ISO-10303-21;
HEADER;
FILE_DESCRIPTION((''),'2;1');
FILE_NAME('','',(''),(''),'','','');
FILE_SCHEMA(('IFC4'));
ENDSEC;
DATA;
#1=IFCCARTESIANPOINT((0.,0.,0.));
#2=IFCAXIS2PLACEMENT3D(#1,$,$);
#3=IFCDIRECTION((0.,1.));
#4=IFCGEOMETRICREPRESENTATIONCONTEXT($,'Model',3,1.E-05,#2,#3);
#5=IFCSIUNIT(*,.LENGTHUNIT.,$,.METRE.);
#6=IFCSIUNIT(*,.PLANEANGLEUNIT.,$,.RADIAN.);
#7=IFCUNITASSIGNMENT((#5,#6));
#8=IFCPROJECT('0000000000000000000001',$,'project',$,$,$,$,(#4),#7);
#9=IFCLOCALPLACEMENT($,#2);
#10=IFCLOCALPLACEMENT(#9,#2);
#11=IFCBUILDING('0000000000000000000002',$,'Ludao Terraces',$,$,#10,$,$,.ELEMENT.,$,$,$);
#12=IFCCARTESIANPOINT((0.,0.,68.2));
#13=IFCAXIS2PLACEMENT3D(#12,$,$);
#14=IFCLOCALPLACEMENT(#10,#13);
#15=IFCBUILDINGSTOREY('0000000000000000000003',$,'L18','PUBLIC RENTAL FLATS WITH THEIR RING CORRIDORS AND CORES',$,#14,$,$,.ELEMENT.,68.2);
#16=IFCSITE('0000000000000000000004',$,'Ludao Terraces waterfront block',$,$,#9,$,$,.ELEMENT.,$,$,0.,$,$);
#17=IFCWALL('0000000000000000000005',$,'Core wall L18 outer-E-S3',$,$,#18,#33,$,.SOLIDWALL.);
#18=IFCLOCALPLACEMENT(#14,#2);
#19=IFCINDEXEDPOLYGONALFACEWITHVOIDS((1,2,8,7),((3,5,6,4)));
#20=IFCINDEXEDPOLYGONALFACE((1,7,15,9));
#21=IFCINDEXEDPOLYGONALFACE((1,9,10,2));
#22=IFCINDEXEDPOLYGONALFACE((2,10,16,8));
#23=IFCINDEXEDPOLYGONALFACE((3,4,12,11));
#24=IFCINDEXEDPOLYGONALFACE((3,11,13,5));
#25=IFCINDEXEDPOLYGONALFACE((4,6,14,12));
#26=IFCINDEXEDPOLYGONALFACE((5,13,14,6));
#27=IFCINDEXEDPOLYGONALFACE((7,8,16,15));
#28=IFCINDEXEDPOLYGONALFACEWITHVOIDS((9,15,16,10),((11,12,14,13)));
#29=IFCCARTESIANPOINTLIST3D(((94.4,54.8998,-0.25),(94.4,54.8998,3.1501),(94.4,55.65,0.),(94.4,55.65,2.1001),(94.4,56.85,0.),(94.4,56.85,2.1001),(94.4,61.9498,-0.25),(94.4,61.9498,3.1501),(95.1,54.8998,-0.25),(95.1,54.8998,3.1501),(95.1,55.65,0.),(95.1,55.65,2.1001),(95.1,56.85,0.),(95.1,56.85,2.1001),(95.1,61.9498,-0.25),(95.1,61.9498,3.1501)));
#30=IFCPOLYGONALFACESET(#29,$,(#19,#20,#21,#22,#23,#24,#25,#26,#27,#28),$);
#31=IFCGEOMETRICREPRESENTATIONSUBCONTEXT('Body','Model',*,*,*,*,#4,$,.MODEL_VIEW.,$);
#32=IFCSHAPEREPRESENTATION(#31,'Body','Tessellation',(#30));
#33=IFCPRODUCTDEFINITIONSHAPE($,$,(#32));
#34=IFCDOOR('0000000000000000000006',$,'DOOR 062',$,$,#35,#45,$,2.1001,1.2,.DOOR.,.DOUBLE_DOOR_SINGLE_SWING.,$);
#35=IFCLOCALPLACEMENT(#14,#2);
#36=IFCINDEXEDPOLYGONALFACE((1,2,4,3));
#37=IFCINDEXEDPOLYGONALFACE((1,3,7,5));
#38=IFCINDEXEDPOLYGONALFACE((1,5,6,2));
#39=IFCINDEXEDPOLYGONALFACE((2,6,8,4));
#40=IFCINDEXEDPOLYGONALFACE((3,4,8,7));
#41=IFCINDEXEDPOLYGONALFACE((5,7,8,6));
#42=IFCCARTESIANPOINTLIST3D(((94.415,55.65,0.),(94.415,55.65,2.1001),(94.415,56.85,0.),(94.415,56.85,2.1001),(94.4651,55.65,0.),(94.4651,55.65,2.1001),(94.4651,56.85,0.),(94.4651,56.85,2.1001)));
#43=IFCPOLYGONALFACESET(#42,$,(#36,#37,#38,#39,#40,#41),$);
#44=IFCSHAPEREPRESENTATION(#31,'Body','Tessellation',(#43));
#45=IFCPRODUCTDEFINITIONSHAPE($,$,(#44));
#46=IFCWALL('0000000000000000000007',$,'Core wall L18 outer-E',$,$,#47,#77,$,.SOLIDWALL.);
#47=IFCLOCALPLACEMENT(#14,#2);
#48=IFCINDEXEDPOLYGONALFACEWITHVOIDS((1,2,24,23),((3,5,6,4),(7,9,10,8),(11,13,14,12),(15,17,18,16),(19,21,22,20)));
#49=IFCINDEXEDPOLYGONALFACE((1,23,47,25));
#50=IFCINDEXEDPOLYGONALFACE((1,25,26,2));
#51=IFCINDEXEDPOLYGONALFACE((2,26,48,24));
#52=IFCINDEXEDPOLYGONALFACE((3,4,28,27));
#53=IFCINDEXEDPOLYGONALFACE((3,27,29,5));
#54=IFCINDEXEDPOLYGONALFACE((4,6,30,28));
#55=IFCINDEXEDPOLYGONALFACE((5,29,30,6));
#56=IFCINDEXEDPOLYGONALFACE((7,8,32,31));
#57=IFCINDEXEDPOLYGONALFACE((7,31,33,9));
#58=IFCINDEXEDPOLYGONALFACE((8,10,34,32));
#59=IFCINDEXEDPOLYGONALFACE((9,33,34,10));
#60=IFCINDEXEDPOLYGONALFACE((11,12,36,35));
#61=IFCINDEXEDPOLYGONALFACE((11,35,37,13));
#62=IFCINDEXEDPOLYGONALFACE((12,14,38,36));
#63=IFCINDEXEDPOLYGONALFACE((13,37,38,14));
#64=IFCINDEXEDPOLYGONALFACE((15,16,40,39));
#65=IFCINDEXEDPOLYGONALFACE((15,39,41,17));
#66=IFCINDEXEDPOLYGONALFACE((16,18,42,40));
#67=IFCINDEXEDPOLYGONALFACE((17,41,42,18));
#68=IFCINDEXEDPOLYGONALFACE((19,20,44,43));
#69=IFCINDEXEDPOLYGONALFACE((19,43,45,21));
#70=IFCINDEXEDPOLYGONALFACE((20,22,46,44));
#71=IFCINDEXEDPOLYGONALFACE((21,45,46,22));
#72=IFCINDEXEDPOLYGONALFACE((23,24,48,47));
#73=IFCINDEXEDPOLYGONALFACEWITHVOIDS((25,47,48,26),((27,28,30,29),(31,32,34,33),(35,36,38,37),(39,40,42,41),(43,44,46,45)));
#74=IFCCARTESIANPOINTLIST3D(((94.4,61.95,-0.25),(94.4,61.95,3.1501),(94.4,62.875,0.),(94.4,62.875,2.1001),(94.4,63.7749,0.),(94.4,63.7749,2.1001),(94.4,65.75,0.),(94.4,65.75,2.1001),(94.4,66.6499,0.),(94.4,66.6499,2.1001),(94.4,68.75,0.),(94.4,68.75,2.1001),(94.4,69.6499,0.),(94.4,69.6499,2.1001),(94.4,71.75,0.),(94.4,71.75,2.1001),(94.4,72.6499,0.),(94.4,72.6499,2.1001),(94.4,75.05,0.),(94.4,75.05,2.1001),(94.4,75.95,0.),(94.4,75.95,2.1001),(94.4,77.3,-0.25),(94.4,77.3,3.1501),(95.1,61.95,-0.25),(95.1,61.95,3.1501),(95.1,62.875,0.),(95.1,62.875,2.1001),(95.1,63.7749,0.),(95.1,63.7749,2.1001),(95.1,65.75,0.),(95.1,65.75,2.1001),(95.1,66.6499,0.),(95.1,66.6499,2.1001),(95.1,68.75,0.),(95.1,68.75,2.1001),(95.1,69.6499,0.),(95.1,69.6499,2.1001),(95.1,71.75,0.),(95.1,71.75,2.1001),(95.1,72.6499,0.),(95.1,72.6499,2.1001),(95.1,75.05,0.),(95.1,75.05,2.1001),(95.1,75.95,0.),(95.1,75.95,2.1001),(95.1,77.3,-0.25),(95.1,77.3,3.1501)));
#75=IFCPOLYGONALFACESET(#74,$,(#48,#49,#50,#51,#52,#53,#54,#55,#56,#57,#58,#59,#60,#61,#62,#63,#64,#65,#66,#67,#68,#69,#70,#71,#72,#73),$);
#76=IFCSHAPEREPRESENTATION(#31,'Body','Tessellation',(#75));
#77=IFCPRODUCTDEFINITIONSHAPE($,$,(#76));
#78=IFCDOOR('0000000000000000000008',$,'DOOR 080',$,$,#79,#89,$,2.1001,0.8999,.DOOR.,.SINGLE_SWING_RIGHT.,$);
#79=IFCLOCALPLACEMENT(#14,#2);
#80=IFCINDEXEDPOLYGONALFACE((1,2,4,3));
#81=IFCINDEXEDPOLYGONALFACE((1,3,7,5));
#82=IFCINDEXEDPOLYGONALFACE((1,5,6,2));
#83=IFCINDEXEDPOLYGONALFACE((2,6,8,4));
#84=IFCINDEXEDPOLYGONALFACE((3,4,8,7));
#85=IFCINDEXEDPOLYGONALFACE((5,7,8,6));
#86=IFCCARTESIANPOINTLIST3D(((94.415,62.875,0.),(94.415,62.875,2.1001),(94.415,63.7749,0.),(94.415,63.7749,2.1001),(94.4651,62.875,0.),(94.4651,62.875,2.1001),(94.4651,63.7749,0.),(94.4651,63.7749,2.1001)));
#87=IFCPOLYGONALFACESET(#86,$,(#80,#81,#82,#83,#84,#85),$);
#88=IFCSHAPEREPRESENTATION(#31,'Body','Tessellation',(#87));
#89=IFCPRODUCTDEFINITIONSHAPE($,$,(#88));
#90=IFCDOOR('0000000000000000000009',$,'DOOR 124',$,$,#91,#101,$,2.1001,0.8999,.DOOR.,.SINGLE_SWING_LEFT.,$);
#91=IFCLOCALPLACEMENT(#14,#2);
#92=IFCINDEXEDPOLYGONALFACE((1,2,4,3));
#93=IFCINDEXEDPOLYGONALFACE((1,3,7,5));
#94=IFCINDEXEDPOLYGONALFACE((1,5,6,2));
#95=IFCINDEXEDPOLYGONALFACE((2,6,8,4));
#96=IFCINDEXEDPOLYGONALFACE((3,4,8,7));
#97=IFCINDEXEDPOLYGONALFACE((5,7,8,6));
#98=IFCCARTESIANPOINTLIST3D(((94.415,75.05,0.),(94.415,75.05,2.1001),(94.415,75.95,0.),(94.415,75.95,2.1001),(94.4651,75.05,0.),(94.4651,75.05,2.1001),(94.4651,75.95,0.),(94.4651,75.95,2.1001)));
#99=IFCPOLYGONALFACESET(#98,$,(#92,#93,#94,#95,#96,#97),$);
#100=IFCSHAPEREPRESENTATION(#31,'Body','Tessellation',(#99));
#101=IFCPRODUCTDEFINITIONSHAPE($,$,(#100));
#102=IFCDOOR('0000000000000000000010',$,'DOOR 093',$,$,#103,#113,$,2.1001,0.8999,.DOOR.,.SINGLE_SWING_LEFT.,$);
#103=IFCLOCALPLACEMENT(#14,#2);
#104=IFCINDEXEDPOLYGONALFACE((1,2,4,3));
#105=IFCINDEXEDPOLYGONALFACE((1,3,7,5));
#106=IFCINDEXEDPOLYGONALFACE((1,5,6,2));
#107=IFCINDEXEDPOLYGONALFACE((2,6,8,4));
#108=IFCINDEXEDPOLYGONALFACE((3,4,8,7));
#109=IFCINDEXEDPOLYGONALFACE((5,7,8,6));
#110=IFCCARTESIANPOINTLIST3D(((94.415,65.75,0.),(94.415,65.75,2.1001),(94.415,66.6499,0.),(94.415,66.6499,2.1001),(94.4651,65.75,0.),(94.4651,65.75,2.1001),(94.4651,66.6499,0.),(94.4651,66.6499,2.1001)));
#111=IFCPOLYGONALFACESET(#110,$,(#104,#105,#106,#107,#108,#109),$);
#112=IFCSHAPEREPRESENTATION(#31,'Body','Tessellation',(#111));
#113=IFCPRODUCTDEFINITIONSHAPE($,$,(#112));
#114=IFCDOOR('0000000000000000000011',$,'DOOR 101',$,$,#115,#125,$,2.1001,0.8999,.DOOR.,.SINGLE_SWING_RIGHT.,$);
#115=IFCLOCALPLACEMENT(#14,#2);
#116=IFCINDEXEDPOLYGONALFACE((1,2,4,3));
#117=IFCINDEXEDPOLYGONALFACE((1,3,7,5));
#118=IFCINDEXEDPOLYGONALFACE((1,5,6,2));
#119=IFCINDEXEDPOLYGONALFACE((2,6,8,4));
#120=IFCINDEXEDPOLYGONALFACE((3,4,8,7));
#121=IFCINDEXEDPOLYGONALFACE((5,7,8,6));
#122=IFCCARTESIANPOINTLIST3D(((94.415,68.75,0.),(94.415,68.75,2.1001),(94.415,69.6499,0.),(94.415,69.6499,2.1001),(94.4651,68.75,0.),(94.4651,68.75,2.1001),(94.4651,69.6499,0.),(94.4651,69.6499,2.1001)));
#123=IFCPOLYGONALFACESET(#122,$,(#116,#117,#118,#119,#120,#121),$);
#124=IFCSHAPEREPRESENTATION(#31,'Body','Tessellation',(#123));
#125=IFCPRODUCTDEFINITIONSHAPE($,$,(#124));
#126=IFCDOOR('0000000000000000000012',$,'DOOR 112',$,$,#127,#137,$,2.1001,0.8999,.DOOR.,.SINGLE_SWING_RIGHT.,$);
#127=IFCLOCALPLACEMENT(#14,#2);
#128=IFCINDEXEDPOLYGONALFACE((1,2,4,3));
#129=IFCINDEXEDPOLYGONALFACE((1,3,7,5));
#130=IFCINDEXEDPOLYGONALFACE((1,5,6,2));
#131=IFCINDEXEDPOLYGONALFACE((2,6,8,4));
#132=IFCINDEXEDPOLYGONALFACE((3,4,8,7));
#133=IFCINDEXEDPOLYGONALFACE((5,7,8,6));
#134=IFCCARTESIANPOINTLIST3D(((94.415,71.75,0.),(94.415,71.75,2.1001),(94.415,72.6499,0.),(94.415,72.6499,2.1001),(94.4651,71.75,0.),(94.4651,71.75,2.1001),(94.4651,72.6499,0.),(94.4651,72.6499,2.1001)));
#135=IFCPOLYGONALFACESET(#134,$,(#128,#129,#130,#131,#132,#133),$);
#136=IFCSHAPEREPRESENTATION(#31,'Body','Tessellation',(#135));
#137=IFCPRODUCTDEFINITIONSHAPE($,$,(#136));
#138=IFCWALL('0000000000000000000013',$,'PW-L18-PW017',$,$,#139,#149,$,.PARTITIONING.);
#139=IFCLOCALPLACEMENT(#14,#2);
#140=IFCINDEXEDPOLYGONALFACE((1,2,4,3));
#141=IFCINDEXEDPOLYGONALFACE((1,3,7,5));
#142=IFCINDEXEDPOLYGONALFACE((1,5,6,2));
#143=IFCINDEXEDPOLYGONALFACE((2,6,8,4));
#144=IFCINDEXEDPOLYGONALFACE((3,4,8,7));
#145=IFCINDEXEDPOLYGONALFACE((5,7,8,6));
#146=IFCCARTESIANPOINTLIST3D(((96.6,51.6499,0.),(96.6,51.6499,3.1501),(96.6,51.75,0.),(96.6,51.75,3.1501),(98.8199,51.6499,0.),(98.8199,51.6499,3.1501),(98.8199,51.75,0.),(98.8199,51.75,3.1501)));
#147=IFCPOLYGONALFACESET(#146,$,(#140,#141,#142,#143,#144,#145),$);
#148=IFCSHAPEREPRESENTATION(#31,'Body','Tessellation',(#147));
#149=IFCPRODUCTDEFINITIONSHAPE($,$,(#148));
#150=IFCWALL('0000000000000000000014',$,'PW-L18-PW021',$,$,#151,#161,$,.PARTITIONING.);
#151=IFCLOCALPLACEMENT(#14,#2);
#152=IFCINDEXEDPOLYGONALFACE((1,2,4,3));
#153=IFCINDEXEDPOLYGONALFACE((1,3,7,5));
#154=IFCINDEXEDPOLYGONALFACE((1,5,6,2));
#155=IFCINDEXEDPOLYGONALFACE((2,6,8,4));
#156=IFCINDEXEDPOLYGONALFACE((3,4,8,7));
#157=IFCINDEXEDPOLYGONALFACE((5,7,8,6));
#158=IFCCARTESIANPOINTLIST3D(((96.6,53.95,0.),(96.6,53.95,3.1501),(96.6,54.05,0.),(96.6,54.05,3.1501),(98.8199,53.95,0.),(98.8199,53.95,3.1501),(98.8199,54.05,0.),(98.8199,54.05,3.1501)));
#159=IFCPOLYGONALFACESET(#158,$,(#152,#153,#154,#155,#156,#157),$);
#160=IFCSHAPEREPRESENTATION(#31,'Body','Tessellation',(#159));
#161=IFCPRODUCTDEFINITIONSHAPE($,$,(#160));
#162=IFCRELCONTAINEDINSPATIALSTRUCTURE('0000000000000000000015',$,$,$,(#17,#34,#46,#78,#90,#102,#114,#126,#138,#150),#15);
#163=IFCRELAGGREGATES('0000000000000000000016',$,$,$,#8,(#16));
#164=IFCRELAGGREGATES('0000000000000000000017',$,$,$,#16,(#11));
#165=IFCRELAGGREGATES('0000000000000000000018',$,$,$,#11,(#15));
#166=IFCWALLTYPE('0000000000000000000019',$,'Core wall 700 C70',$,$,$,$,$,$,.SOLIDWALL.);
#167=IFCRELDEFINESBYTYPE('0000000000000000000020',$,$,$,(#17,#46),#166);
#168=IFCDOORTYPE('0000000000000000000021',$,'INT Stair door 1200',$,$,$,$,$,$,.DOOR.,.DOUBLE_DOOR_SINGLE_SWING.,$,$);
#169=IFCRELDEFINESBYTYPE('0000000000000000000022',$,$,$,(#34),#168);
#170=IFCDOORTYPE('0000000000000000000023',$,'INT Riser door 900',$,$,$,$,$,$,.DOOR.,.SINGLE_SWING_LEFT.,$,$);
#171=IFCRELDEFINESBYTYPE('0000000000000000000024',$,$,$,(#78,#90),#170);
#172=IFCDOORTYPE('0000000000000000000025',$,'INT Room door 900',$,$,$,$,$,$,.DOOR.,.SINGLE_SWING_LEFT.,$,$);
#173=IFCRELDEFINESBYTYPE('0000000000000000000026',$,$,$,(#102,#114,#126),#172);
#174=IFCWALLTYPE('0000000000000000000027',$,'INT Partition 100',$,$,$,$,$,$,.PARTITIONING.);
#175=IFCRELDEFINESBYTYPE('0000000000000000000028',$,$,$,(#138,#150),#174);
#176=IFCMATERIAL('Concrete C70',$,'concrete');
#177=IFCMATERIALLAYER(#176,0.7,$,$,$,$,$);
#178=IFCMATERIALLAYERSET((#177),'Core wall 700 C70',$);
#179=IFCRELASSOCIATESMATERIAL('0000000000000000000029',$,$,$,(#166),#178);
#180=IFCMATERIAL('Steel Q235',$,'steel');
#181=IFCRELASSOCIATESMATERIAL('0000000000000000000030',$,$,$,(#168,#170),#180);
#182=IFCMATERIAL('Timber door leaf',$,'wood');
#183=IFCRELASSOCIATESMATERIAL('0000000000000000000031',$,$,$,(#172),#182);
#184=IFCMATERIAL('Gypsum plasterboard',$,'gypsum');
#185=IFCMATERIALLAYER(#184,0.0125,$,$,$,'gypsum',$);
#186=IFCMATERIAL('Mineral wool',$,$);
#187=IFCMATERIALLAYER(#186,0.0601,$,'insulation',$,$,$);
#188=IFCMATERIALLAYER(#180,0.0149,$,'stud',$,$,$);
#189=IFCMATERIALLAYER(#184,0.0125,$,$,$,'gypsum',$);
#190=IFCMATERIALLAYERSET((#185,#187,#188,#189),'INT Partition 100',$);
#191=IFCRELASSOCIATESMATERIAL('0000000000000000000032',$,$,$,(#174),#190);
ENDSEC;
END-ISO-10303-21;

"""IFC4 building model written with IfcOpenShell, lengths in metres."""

from ifc_helpers import new_model, si_unit, direction, frame, frame_2d, origin, place, context, subcontext, project, spatial, rectangle, extrude, material, layer, layer_set, type_object, element, fill, save


model = new_model("IFC4")

# Units and contexts
model_context = context("Model", 3, precision=1e-05, world=origin(), true_north=direction((0.0, 1.0)))
body_context = subcontext(model_context, "Body", "Model", "MODEL_VIEW")
ifc_project = project(units=[si_unit("LENGTHUNIT", "METRE"), si_unit("PLANEANGLEUNIT", "RADIAN")], contexts=[model_context])

# Site, building, storey
site_placement = place(None, origin())
site = spatial("IfcSite", under=ifc_project, at=site_placement, Name="Ludao Terraces waterfront block", CompositionType="ELEMENT", RefElevation=0.0)
building_placement = place(site_placement, origin())
building = spatial("IfcBuilding", under=site, at=building_placement, Name="Ludao Terraces", CompositionType="ELEMENT")
storey_placement = place(building_placement, frame((0.0, 0.0, 68.2)))
storey = spatial("IfcBuildingStorey", under=building, at=storey_placement, Name="L18", Description="PUBLIC RENTAL FLATS WITH THEIR RING CORRIDORS AND CORES", CompositionType="ELEMENT", Elevation=68.2)

# Wall, opening, door
ifc_material_1 = material(Name="Concrete C70", Category="concrete")
ifc_layer_1 = layer(ifc_material_1, 0.7)
ifc_layer_set_1 = layer_set([ifc_layer_1], Name="Core wall 700 C70")
wall_type_1 = type_object("IfcWallType", Name="Core wall 700 C70", PredefinedType="SOLIDWALL", material=ifc_layer_set_1)
wall_1_placement = place(storey_placement, frame((94.75, 54.8999, -0.25), z_axis=(0.0, 0.0, 1.0), x_axis=(0.0, 1.0, 0.0)))
wall_1 = element("IfcWall", 1, at=wall_1_placement, inside=storey, type_object=wall_type_1, Name="Core wall L18 outer-E-S3", PredefinedType="SOLIDWALL", context=body_context, shape_type="SweptSolid", body=[
    extrude(rectangle(XDim=7.05, YDim=0.7, at=frame_2d((3.5249, 0.0))), origin(), (0.0, 0.0, 1.0), 3.4001),
])
opening_1_placement = place(wall_1_placement, frame((0.75, 0.0, 0.25)))
opening_1 = element("IfcOpeningElement", 2, at=opening_1_placement, cuts=wall_1, PredefinedType="OPENING", context=body_context, shape_type="SweptSolid", body=[
    extrude(rectangle(XDim=1.2, YDim=2.1001, at=frame_2d((0.6001, 1.05))), frame((0.0, 0.3599, 0.0), z_axis=(0.0, -1.0, 0.0), x_axis=(1.0, 0.0, 0.0)), (0.0, 0.0, 1.0), 0.72),
])
ifc_material_2 = material(Name="Steel Q235", Category="steel")
door_type_1 = type_object("IfcDoorType", Name="INT Stair door 1200", OperationType="DOUBLE_DOOR_SINGLE_SWING", PredefinedType="DOOR", material=ifc_material_2)
door_1_placement = place(opening_1_placement, origin())
door_1 = element("IfcDoor", 3, at=door_1_placement, inside=storey, type_object=door_type_1, Name="DOOR 062", OperationType="DOUBLE_DOOR_SINGLE_SWING", OverallHeight=2.1001, OverallWidth=1.2, PredefinedType="DOOR", context=body_context, shape_type="SweptSolid", body=[
    extrude(rectangle(XDim=1.2, YDim=2.1001, at=frame_2d((0.6001, 1.05))), frame((0.0, 0.335, 0.0), z_axis=(0.0, -1.0, 0.0), x_axis=(1.0, 0.0, 0.0)), (0.0, 0.0, 1.0), 0.05),
])
fill(opening_1, door_1)

# Wall, openings, doors
wall_2_placement = place(storey_placement, frame((94.75, 61.95, -0.25), z_axis=(0.0, 0.0, 1.0), x_axis=(0.0, 1.0, 0.0)))
wall_2 = element("IfcWall", 4, at=wall_2_placement, inside=storey, type_object=wall_type_1, Name="Core wall L18 outer-E", PredefinedType="SOLIDWALL", context=body_context, shape_type="SweptSolid", body=[
    extrude(rectangle(XDim=15.3501, YDim=0.7, at=frame_2d((7.675, 0.0))), origin(), (0.0, 0.0, 1.0), 3.4001),
])
opening_2_placement = place(wall_2_placement, frame((0.925, 0.0, 0.25)))
opening_2 = element("IfcOpeningElement", 5, at=opening_2_placement, cuts=wall_2, PredefinedType="OPENING", context=body_context, shape_type="SweptSolid", body=[
    extrude(rectangle(XDim=0.8999, YDim=2.1001, at=frame_2d((0.45, 1.05))), frame((0.0, 0.3599, 0.0), z_axis=(0.0, -1.0, 0.0), x_axis=(1.0, 0.0, 0.0)), (0.0, 0.0, 1.0), 0.72),
])
opening_3_placement = place(wall_2_placement, frame((3.8, 0.0, 0.25)))
opening_3 = element("IfcOpeningElement", 6, at=opening_3_placement, cuts=wall_2, PredefinedType="OPENING", context=body_context, shape_type="SweptSolid", body=[
    extrude(rectangle(XDim=0.8999, YDim=2.1001, at=frame_2d((0.45, 1.05))), frame((0.0, 0.3599, 0.0), z_axis=(0.0, -1.0, 0.0), x_axis=(1.0, 0.0, 0.0)), (0.0, 0.0, 1.0), 0.72),
])
opening_4_placement = place(wall_2_placement, frame((6.8, 0.0, 0.25)))
opening_4 = element("IfcOpeningElement", 7, at=opening_4_placement, cuts=wall_2, PredefinedType="OPENING", context=body_context, shape_type="SweptSolid", body=[
    extrude(rectangle(XDim=0.8999, YDim=2.1001, at=frame_2d((0.45, 1.05))), frame((0.0, 0.3599, 0.0), z_axis=(0.0, -1.0, 0.0), x_axis=(1.0, 0.0, 0.0)), (0.0, 0.0, 1.0), 0.72),
])
opening_5_placement = place(wall_2_placement, frame((9.8, 0.0, 0.25)))
opening_5 = element("IfcOpeningElement", 8, at=opening_5_placement, cuts=wall_2, PredefinedType="OPENING", context=body_context, shape_type="SweptSolid", body=[
    extrude(rectangle(XDim=0.8999, YDim=2.1001, at=frame_2d((0.45, 1.05))), frame((0.0, 0.3599, 0.0), z_axis=(0.0, -1.0, 0.0), x_axis=(1.0, 0.0, 0.0)), (0.0, 0.0, 1.0), 0.72),
])
opening_6_placement = place(wall_2_placement, frame((13.1001, 0.0, 0.25)))
opening_6 = element("IfcOpeningElement", 9, at=opening_6_placement, cuts=wall_2, PredefinedType="OPENING", context=body_context, shape_type="SweptSolid", body=[
    extrude(rectangle(XDim=0.8999, YDim=2.1001, at=frame_2d((0.45, 1.05))), frame((0.0, 0.3599, 0.0), z_axis=(0.0, -1.0, 0.0), x_axis=(1.0, 0.0, 0.0)), (0.0, 0.0, 1.0), 0.72),
])
door_type_2 = type_object("IfcDoorType", Name="INT Riser door 900", OperationType="SINGLE_SWING_LEFT", PredefinedType="DOOR", material=ifc_material_2)
door_2_placement = place(opening_2_placement, origin())
door_2 = element("IfcDoor", 10, at=door_2_placement, inside=storey, type_object=door_type_2, Name="DOOR 080", OperationType="SINGLE_SWING_RIGHT", OverallHeight=2.1001, OverallWidth=0.8999, PredefinedType="DOOR", context=body_context, shape_type="SweptSolid", body=[
    extrude(rectangle(XDim=0.8999, YDim=2.1001, at=frame_2d((0.45, 1.05))), frame((0.0, 0.335, 0.0), z_axis=(0.0, -1.0, 0.0), x_axis=(1.0, 0.0, 0.0)), (0.0, 0.0, 1.0), 0.05),
])
fill(opening_2, door_2)
door_3_placement = place(opening_6_placement, origin())
door_3 = element("IfcDoor", 11, at=door_3_placement, inside=storey, type_object=door_type_2, Name="DOOR 124", OperationType="SINGLE_SWING_LEFT", OverallHeight=2.1001, OverallWidth=0.8999, PredefinedType="DOOR", context=body_context, shape_type="SweptSolid", body=[
    extrude(rectangle(XDim=0.8999, YDim=2.1001, at=frame_2d((0.45, 1.05))), frame((0.0, 0.335, 0.0), z_axis=(0.0, -1.0, 0.0), x_axis=(1.0, 0.0, 0.0)), (0.0, 0.0, 1.0), 0.05),
])
fill(opening_6, door_3)
ifc_material_3 = material(Name="Timber door leaf", Category="wood")
door_type_3 = type_object("IfcDoorType", Name="INT Room door 900", OperationType="SINGLE_SWING_LEFT", PredefinedType="DOOR", material=ifc_material_3)
door_4_placement = place(opening_3_placement, origin())
door_4 = element("IfcDoor", 12, at=door_4_placement, inside=storey, type_object=door_type_3, Name="DOOR 093", OperationType="SINGLE_SWING_LEFT", OverallHeight=2.1001, OverallWidth=0.8999, PredefinedType="DOOR", context=body_context, shape_type="SweptSolid", body=[
    extrude(rectangle(XDim=0.8999, YDim=2.1001, at=frame_2d((0.45, 1.05))), frame((0.0, 0.335, 0.0), z_axis=(0.0, -1.0, 0.0), x_axis=(1.0, 0.0, 0.0)), (0.0, 0.0, 1.0), 0.05),
])
fill(opening_3, door_4)
door_5_placement = place(opening_4_placement, origin())
door_5 = element("IfcDoor", 13, at=door_5_placement, inside=storey, type_object=door_type_3, Name="DOOR 101", OperationType="SINGLE_SWING_RIGHT", OverallHeight=2.1001, OverallWidth=0.8999, PredefinedType="DOOR", context=body_context, shape_type="SweptSolid", body=[
    extrude(rectangle(XDim=0.8999, YDim=2.1001, at=frame_2d((0.45, 1.05))), frame((0.0, 0.335, 0.0), z_axis=(0.0, -1.0, 0.0), x_axis=(1.0, 0.0, 0.0)), (0.0, 0.0, 1.0), 0.05),
])
fill(opening_4, door_5)
door_6_placement = place(opening_5_placement, origin())
door_6 = element("IfcDoor", 14, at=door_6_placement, inside=storey, type_object=door_type_3, Name="DOOR 112", OperationType="SINGLE_SWING_RIGHT", OverallHeight=2.1001, OverallWidth=0.8999, PredefinedType="DOOR", context=body_context, shape_type="SweptSolid", body=[
    extrude(rectangle(XDim=0.8999, YDim=2.1001, at=frame_2d((0.45, 1.05))), frame((0.0, 0.335, 0.0), z_axis=(0.0, -1.0, 0.0), x_axis=(1.0, 0.0, 0.0)), (0.0, 0.0, 1.0), 0.05),
])
fill(opening_5, door_6)

# Walls
ifc_material_4 = material(Name="Gypsum plasterboard", Category="gypsum")
ifc_layer_2 = layer(ifc_material_4, 0.0125, Category="gypsum")
ifc_material_5 = material(Name="Mineral wool")
ifc_layer_3 = layer(ifc_material_5, 0.0601, Name="insulation")
ifc_layer_4 = layer(ifc_material_2, 0.0149, Name="stud")
ifc_layer_5 = layer(ifc_material_4, 0.0125, Category="gypsum")
ifc_layer_set_2 = layer_set([ifc_layer_2, ifc_layer_3, ifc_layer_4, ifc_layer_5], Name="INT Partition 100")
wall_type_2 = type_object("IfcWallType", Name="INT Partition 100", PredefinedType="PARTITIONING", material=ifc_layer_set_2)
for number, where, z_axis, x_axis, name in (
    (15, (96.6001, 51.7, 0.0), (0.0, 0.0, 1.0), (1.0, 0.0, 0.0), "PW-L18-PW017"),
    (16, (96.6001, 54.0, 0.0), (0.0, 0.0, 1.0), (1.0, 0.0, 0.0), "PW-L18-PW021"),
):
    element("IfcWall", number, at=place(storey_placement, frame(where, z_axis=z_axis, x_axis=x_axis)), inside=storey, type_object=wall_type_2, Name=name, PredefinedType="PARTITIONING", context=body_context, shape_type="SweptSolid", body=[
        extrude(rectangle(XDim=2.22, YDim=0.1001, at=frame_2d((1.1099, 0.0))), origin(), (0.0, 0.0, 1.0), 3.1501),
    ])

save(model, "model.ifc")
